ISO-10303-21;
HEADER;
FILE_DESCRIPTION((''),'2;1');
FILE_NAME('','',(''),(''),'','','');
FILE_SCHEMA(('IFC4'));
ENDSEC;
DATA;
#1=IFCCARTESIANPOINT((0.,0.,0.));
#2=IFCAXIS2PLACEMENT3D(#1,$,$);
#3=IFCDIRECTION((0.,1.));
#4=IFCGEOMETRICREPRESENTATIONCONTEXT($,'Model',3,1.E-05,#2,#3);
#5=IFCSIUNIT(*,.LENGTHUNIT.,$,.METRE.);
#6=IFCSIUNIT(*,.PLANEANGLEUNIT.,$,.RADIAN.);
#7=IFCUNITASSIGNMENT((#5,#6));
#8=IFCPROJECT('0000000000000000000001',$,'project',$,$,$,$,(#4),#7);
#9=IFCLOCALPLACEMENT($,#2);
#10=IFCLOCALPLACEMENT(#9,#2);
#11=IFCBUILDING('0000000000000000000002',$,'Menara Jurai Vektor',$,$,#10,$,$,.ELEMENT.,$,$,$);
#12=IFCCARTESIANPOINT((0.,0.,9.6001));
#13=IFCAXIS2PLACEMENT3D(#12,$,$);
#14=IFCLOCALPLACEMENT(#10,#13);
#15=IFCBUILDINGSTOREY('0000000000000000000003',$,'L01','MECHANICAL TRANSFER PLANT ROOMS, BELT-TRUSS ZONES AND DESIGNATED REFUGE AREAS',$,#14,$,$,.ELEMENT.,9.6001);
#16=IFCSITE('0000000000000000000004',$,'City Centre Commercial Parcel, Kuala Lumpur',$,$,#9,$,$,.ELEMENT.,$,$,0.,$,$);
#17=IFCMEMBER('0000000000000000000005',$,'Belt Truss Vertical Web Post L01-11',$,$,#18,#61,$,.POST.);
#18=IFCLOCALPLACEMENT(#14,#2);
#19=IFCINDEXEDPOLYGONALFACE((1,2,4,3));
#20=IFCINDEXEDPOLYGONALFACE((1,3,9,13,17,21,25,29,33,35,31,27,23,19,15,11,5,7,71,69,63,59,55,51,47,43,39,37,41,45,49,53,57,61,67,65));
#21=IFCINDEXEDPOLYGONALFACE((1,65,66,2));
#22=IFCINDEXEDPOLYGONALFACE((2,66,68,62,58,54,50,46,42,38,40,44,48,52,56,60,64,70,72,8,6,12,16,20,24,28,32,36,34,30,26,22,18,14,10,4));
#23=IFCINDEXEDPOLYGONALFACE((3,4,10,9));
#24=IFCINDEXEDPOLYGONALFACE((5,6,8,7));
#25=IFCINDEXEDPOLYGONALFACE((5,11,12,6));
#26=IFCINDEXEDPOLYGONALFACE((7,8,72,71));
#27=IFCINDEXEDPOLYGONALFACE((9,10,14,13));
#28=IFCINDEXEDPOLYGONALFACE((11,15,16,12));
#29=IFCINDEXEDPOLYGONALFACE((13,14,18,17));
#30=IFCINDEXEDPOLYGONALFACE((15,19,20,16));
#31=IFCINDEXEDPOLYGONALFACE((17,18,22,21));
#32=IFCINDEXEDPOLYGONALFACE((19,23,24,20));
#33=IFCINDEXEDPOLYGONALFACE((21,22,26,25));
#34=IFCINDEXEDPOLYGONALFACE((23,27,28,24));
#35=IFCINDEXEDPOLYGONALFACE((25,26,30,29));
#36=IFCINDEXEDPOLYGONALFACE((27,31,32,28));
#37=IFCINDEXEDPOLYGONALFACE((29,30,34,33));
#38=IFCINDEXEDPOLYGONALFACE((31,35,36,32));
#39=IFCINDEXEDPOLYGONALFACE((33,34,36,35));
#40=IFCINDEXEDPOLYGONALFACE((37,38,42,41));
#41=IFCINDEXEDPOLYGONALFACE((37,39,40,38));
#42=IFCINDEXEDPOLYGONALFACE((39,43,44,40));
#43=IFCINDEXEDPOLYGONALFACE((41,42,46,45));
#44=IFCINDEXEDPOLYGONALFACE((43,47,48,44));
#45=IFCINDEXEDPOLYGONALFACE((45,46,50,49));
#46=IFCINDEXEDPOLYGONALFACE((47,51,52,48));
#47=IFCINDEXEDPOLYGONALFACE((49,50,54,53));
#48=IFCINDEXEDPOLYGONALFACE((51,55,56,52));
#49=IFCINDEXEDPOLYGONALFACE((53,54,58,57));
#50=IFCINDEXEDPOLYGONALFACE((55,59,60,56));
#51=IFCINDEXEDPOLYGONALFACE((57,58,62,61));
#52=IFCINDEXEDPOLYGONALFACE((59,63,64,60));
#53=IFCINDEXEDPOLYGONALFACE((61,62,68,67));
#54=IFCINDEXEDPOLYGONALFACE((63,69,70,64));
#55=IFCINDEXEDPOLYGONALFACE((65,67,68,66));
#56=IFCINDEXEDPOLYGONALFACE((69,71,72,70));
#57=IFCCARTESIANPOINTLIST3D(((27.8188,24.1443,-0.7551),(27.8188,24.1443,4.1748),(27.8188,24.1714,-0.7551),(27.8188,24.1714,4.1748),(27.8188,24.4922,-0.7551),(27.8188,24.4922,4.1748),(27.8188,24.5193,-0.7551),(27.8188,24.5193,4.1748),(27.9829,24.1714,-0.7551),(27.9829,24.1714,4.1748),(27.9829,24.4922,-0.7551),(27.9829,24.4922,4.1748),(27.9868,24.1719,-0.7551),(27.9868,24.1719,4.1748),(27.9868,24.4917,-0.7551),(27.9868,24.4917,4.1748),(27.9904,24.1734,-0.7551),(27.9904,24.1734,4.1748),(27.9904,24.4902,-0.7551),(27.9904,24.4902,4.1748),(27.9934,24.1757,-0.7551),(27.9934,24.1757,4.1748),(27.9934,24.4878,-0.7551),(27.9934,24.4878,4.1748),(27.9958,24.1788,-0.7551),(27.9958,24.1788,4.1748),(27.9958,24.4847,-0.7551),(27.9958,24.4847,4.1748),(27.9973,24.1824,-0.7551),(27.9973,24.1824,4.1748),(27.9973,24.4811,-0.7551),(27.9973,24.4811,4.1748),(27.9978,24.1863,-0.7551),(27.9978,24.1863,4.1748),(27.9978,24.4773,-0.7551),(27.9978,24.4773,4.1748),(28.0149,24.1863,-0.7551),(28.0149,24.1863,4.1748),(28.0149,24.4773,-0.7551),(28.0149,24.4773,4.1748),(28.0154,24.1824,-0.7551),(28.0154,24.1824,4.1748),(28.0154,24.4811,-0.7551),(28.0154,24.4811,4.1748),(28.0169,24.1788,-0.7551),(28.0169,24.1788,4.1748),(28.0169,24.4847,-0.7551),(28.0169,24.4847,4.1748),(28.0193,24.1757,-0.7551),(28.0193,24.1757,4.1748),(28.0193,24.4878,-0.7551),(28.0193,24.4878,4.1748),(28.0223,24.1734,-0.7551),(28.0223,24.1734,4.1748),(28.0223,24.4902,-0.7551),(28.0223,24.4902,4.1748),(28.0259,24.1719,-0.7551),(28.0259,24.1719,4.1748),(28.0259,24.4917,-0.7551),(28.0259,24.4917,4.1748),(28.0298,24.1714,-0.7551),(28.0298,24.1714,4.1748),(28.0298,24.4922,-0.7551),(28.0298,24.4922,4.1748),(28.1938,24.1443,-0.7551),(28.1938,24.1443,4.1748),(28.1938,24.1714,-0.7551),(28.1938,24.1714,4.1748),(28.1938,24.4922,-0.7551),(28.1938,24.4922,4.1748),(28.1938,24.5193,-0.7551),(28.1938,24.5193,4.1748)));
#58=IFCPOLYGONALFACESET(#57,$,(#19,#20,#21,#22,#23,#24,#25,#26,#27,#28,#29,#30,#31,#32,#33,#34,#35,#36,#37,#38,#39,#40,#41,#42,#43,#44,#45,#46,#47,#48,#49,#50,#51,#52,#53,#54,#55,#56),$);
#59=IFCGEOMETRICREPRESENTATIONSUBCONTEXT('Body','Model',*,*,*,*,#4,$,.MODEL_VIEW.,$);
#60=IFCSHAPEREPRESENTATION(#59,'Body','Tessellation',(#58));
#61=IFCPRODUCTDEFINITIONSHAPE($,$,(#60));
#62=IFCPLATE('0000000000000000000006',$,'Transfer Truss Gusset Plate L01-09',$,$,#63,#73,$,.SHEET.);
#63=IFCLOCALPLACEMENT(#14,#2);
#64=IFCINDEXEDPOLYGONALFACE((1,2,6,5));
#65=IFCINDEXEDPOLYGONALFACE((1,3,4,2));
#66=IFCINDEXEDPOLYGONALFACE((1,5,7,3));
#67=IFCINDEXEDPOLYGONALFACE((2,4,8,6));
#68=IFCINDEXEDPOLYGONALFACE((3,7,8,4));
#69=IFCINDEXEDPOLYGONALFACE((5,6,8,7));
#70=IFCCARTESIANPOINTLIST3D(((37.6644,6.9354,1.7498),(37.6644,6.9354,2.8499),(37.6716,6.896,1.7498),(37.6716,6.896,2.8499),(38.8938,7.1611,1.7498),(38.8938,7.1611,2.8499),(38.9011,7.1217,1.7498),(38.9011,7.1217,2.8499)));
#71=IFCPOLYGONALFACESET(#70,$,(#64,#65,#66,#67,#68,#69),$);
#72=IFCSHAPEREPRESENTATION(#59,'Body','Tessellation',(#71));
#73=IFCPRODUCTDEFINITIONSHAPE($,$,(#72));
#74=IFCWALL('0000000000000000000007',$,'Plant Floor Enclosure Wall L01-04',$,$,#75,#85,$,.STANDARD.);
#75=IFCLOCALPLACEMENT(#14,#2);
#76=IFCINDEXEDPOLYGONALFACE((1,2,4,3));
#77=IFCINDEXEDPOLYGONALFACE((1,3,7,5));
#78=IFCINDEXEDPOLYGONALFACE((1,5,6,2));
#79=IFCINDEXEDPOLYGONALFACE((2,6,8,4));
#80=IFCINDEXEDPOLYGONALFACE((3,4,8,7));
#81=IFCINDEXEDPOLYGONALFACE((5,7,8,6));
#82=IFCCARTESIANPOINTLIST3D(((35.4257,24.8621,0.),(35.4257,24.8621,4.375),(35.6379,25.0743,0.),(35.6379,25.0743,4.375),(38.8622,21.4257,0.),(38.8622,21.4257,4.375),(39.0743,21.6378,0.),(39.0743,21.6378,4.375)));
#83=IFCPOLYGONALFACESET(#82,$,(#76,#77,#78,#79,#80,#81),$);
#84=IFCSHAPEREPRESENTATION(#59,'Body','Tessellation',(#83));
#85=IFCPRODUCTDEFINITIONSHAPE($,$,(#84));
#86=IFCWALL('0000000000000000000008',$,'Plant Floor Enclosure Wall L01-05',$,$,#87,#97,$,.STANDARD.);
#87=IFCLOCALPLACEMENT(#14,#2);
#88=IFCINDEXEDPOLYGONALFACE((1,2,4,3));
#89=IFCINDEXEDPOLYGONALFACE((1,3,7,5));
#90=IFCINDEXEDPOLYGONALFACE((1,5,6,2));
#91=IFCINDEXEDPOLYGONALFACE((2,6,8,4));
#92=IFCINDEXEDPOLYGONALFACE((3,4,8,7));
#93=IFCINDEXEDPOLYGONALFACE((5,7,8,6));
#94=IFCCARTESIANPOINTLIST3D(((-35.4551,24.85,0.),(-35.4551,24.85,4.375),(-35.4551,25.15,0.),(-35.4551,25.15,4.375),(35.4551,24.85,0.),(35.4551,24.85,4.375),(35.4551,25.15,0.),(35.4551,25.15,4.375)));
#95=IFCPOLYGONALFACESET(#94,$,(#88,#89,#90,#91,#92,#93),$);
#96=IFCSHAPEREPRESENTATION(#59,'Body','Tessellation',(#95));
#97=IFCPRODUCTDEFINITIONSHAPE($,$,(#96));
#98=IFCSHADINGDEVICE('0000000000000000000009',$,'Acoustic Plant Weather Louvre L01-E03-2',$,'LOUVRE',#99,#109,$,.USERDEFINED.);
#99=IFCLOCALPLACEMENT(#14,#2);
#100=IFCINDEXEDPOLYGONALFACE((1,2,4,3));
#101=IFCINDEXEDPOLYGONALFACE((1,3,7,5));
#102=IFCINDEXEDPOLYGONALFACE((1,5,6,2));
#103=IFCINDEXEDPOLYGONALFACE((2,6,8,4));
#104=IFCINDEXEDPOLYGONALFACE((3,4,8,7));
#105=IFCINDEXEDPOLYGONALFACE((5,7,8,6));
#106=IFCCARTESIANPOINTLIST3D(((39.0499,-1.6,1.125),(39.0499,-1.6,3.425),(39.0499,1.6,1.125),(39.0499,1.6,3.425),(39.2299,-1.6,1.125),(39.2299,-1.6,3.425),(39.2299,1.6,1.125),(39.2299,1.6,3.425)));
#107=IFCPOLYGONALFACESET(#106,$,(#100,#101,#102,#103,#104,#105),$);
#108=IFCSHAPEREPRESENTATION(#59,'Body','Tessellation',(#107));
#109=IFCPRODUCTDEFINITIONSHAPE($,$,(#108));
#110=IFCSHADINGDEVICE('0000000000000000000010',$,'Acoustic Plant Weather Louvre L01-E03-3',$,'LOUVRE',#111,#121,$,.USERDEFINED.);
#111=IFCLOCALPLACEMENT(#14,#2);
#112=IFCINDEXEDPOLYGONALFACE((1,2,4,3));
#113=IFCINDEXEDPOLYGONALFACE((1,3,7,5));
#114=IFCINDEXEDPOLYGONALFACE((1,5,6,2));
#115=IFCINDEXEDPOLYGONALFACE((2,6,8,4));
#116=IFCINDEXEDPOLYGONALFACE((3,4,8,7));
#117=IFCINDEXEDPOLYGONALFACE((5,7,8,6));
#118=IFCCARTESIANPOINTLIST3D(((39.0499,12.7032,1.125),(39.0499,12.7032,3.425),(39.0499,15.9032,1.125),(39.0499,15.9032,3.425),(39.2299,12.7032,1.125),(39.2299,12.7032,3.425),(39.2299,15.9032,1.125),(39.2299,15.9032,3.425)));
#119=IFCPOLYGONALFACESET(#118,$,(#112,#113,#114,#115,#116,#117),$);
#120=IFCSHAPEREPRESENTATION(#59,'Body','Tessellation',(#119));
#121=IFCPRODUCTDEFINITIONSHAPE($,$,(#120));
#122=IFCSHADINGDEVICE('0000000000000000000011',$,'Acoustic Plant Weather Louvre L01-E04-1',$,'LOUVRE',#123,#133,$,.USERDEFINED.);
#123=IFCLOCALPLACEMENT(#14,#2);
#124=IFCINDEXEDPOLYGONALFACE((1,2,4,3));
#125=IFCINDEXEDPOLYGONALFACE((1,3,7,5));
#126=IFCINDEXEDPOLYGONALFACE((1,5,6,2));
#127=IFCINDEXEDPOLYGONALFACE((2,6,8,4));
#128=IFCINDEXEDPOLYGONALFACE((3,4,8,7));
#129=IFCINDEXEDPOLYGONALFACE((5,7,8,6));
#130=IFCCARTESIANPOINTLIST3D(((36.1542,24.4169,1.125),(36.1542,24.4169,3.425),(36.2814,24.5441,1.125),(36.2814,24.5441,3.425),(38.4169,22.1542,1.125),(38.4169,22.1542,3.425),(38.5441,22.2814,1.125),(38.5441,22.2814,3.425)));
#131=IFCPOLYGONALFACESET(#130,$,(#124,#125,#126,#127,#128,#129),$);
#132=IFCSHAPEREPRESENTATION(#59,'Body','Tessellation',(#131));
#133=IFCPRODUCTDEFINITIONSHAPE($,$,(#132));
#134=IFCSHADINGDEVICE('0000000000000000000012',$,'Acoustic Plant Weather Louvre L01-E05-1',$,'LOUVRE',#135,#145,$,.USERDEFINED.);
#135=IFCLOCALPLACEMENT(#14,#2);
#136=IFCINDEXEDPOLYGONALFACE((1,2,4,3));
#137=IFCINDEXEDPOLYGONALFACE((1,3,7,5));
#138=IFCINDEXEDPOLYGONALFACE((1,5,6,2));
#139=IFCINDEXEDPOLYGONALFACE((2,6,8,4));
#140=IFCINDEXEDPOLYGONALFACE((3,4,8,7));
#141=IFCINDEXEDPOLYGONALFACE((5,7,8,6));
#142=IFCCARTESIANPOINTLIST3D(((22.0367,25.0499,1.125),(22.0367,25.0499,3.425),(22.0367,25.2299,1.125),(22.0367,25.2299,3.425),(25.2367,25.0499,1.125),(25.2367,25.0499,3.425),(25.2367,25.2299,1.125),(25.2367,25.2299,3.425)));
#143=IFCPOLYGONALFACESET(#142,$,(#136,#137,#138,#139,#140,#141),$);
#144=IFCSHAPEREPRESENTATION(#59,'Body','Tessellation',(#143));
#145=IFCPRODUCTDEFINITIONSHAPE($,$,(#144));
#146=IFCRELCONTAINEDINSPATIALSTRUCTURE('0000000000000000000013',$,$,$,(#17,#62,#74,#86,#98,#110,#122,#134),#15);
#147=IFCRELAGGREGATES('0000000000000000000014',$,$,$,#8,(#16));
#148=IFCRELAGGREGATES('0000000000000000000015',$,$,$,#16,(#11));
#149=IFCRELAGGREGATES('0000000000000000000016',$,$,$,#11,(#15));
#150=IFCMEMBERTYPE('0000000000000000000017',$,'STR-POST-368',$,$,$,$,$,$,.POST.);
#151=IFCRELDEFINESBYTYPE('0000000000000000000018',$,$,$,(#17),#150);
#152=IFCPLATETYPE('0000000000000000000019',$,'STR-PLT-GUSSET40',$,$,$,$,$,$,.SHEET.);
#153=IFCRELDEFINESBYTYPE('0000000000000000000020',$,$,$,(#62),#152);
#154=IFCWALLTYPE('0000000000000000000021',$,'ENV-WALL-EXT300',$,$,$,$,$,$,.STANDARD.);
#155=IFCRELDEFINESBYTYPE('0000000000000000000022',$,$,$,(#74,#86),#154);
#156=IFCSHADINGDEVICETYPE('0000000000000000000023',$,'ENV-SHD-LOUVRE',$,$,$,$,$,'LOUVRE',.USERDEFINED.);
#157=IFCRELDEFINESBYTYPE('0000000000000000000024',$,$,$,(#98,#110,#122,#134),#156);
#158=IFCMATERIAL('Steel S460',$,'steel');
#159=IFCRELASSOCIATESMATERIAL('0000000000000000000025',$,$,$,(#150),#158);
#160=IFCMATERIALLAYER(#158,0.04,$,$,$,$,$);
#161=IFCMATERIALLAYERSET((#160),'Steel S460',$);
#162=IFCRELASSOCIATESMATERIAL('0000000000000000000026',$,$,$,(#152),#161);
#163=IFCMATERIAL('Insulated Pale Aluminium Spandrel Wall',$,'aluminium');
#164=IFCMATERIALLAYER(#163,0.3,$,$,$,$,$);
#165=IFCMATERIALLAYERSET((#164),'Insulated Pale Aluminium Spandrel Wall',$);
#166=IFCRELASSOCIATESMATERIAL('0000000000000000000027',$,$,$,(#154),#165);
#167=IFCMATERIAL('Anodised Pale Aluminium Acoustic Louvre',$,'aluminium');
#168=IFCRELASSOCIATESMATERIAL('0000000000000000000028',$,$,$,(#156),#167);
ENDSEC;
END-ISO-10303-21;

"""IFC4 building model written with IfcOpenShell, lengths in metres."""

from ifc_helpers import new_model, si_unit, direction, frame, frame_2d, origin, origin_2d, place, context, subcontext, project, spatial, rectangle, i_section, extrude, material, layer, layer_set, material_profile, profile_set, type_object, element, save


model = new_model("IFC4")

# Units and contexts
model_context = context("Model", 3, precision=1e-05, world=origin(), true_north=direction((0.0, 1.0)))
body_context = subcontext(model_context, "Body", "Model", "MODEL_VIEW")
ifc_project = project(units=[si_unit("LENGTHUNIT", "METRE"), si_unit("PLANEANGLEUNIT", "RADIAN")], contexts=[model_context])

# Site, building, storey
site_placement = place(None, origin())
site = spatial("IfcSite", under=ifc_project, at=site_placement, Name="City Centre Commercial Parcel, Kuala Lumpur", CompositionType="ELEMENT", RefElevation=0.0)
building_placement = place(site_placement, origin())
building = spatial("IfcBuilding", under=site, at=building_placement, Name="Menara Jurai Vektor", CompositionType="ELEMENT")
storey_placement = place(building_placement, frame((0.0, 0.0, 9.6001)))
storey = spatial("IfcBuildingStorey", under=building, at=storey_placement, Name="L01", Description="MECHANICAL TRANSFER PLANT ROOMS, BELT-TRUSS ZONES AND DESIGNATED REFUGE AREAS", CompositionType="ELEMENT", Elevation=9.6001)

# Shared definitions
ifc_material_1 = material(Name="Steel S460", Category="steel")

# Member
ifc_material_profile_1 = material_profile(ifc_material_1, i_section(OverallWidth=0.375, OverallDepth=0.375, WebThickness=0.0171, FlangeThickness=0.0271, FilletRadius=0.0149, at=origin_2d()), Name="UKC 356x368x202")
ifc_profile_set_1 = profile_set([ifc_material_profile_1], Name="Steel S460")
member_type_1 = type_object("IfcMemberType", Name="STR-POST-368", PredefinedType="POST", material=ifc_profile_set_1)
for number, where, z_axis, x_axis, name in (
    (1, (28.0063, 24.3318, -0.7551), (0.0, 0.0, 1.0), (1.0, 0.0, 0.0), "Belt Truss Vertical Web Post L01-11"),
):
    element("IfcMember", number, at=place(storey_placement, frame(where, z_axis=z_axis, x_axis=x_axis)), inside=storey, type_object=member_type_1, Name=name, PredefinedType="POST", context=body_context, shape_type="SweptSolid", body=[
        extrude(i_section(OverallWidth=0.375, OverallDepth=0.375, WebThickness=0.0171, FlangeThickness=0.0271, FilletRadius=0.0149, at=origin_2d()), origin(), (0.0, 0.0, 1.0), 4.9299),
    ])

# Plate
ifc_layer_1 = layer(ifc_material_1, 0.04)
ifc_layer_set_1 = layer_set([ifc_layer_1], Name="Steel S460")
plate_type = type_object("IfcPlateType", Name="STR-PLT-GUSSET40", PredefinedType="SHEET", material=ifc_layer_set_1)
plate_placement = place(storey_placement, frame((38.2827, 7.0286, 1.7498), z_axis=(0.0, 0.0, 1.0), x_axis=(-0.983571, -0.180519, 0.0)))
element("IfcPlate", 2, at=plate_placement, inside=storey, type_object=plate_type, Name="Transfer Truss Gusset Plate L01-09", PredefinedType="SHEET", context=body_context, shape_type="SweptSolid", body=[
    extrude(rectangle(XDim=1.25, YDim=0.04, at=origin_2d()), origin(), (0.0, 0.0, 1.0), 1.1001),
])

# Walls
ifc_material_2 = material(Name="Insulated Pale Aluminium Spandrel Wall", Category="aluminium")
ifc_layer_2 = layer(ifc_material_2, 0.3)
ifc_layer_set_2 = layer_set([ifc_layer_2], Name="Insulated Pale Aluminium Spandrel Wall")
wall_type = type_object("IfcWallType", Name="ENV-WALL-EXT300", PredefinedType="STANDARD", material=ifc_layer_set_2)
wall_1_placement = place(storey_placement, frame((38.9683, 21.5317, 0.0), z_axis=(0.0, 0.0, 1.0), x_axis=(-0.707107, 0.707107, 0.0)))
element("IfcWall", 3, at=wall_1_placement, inside=storey, type_object=wall_type, Name="Plant Floor Enclosure Wall L01-04", PredefinedType="STANDARD", context=body_context, shape_type="SweptSolid", body=[
    extrude(rectangle(XDim=4.8599, YDim=0.3, at=frame_2d((2.4299, 0.0))), origin(), (0.0, 0.0, 1.0), 4.375),
])
wall_2_placement = place(storey_placement, frame((35.4551, 25.0, 0.0), z_axis=(0.0, 0.0, 1.0), x_axis=(-1.0, 0.0, 0.0)))
element("IfcWall", 4, at=wall_2_placement, inside=storey, type_object=wall_type, Name="Plant Floor Enclosure Wall L01-05", PredefinedType="STANDARD", context=body_context, shape_type="SweptSolid", body=[
    extrude(rectangle(XDim=70.9102, YDim=0.3, at=frame_2d((35.4551, 0.0))), origin(), (0.0, 0.0, 1.0), 4.375),
])

# Shading devices
ifc_material_3 = material(Name="Anodised Pale Aluminium Acoustic Louvre", Category="aluminium")
shading_device_type = type_object("IfcShadingDeviceType", Name="ENV-SHD-LOUVRE", ElementType="LOUVRE", PredefinedType="USERDEFINED", material=ifc_material_3)
for number, where, z_axis, x_axis, name in (
    (5, (39.1399, 0.0, 1.125), (0.0, 0.0, 1.0), (0.0, 1.0, 0.0), "Acoustic Plant Weather Louvre L01-E03-2"),
    (6, (39.1399, 14.3032, 1.125), (0.0, 0.0, 1.0), (0.0, 1.0, 0.0), "Acoustic Plant Weather Louvre L01-E03-3"),
    (7, (37.3491, 23.3491, 1.125), (0.0, 0.0, 1.0), (-0.707107, 0.707107, 0.0), "Acoustic Plant Weather Louvre L01-E04-1"),
    (8, (23.6367, 25.1399, 1.125), (0.0, 0.0, 1.0), (-1.0, 0.0, 0.0), "Acoustic Plant Weather Louvre L01-E05-1"),
):
    element("IfcShadingDevice", number, at=place(storey_placement, frame(where, z_axis=z_axis, x_axis=x_axis)), inside=storey, type_object=shading_device_type, Name=name, ObjectType="LOUVRE", PredefinedType="USERDEFINED", context=body_context, shape_type="SweptSolid", body=[
        extrude(rectangle(XDim=3.2, YDim=0.1799, at=origin_2d()), origin(), (0.0, 0.0, 1.0), 2.3),
    ])

save(model, "model.ifc")
